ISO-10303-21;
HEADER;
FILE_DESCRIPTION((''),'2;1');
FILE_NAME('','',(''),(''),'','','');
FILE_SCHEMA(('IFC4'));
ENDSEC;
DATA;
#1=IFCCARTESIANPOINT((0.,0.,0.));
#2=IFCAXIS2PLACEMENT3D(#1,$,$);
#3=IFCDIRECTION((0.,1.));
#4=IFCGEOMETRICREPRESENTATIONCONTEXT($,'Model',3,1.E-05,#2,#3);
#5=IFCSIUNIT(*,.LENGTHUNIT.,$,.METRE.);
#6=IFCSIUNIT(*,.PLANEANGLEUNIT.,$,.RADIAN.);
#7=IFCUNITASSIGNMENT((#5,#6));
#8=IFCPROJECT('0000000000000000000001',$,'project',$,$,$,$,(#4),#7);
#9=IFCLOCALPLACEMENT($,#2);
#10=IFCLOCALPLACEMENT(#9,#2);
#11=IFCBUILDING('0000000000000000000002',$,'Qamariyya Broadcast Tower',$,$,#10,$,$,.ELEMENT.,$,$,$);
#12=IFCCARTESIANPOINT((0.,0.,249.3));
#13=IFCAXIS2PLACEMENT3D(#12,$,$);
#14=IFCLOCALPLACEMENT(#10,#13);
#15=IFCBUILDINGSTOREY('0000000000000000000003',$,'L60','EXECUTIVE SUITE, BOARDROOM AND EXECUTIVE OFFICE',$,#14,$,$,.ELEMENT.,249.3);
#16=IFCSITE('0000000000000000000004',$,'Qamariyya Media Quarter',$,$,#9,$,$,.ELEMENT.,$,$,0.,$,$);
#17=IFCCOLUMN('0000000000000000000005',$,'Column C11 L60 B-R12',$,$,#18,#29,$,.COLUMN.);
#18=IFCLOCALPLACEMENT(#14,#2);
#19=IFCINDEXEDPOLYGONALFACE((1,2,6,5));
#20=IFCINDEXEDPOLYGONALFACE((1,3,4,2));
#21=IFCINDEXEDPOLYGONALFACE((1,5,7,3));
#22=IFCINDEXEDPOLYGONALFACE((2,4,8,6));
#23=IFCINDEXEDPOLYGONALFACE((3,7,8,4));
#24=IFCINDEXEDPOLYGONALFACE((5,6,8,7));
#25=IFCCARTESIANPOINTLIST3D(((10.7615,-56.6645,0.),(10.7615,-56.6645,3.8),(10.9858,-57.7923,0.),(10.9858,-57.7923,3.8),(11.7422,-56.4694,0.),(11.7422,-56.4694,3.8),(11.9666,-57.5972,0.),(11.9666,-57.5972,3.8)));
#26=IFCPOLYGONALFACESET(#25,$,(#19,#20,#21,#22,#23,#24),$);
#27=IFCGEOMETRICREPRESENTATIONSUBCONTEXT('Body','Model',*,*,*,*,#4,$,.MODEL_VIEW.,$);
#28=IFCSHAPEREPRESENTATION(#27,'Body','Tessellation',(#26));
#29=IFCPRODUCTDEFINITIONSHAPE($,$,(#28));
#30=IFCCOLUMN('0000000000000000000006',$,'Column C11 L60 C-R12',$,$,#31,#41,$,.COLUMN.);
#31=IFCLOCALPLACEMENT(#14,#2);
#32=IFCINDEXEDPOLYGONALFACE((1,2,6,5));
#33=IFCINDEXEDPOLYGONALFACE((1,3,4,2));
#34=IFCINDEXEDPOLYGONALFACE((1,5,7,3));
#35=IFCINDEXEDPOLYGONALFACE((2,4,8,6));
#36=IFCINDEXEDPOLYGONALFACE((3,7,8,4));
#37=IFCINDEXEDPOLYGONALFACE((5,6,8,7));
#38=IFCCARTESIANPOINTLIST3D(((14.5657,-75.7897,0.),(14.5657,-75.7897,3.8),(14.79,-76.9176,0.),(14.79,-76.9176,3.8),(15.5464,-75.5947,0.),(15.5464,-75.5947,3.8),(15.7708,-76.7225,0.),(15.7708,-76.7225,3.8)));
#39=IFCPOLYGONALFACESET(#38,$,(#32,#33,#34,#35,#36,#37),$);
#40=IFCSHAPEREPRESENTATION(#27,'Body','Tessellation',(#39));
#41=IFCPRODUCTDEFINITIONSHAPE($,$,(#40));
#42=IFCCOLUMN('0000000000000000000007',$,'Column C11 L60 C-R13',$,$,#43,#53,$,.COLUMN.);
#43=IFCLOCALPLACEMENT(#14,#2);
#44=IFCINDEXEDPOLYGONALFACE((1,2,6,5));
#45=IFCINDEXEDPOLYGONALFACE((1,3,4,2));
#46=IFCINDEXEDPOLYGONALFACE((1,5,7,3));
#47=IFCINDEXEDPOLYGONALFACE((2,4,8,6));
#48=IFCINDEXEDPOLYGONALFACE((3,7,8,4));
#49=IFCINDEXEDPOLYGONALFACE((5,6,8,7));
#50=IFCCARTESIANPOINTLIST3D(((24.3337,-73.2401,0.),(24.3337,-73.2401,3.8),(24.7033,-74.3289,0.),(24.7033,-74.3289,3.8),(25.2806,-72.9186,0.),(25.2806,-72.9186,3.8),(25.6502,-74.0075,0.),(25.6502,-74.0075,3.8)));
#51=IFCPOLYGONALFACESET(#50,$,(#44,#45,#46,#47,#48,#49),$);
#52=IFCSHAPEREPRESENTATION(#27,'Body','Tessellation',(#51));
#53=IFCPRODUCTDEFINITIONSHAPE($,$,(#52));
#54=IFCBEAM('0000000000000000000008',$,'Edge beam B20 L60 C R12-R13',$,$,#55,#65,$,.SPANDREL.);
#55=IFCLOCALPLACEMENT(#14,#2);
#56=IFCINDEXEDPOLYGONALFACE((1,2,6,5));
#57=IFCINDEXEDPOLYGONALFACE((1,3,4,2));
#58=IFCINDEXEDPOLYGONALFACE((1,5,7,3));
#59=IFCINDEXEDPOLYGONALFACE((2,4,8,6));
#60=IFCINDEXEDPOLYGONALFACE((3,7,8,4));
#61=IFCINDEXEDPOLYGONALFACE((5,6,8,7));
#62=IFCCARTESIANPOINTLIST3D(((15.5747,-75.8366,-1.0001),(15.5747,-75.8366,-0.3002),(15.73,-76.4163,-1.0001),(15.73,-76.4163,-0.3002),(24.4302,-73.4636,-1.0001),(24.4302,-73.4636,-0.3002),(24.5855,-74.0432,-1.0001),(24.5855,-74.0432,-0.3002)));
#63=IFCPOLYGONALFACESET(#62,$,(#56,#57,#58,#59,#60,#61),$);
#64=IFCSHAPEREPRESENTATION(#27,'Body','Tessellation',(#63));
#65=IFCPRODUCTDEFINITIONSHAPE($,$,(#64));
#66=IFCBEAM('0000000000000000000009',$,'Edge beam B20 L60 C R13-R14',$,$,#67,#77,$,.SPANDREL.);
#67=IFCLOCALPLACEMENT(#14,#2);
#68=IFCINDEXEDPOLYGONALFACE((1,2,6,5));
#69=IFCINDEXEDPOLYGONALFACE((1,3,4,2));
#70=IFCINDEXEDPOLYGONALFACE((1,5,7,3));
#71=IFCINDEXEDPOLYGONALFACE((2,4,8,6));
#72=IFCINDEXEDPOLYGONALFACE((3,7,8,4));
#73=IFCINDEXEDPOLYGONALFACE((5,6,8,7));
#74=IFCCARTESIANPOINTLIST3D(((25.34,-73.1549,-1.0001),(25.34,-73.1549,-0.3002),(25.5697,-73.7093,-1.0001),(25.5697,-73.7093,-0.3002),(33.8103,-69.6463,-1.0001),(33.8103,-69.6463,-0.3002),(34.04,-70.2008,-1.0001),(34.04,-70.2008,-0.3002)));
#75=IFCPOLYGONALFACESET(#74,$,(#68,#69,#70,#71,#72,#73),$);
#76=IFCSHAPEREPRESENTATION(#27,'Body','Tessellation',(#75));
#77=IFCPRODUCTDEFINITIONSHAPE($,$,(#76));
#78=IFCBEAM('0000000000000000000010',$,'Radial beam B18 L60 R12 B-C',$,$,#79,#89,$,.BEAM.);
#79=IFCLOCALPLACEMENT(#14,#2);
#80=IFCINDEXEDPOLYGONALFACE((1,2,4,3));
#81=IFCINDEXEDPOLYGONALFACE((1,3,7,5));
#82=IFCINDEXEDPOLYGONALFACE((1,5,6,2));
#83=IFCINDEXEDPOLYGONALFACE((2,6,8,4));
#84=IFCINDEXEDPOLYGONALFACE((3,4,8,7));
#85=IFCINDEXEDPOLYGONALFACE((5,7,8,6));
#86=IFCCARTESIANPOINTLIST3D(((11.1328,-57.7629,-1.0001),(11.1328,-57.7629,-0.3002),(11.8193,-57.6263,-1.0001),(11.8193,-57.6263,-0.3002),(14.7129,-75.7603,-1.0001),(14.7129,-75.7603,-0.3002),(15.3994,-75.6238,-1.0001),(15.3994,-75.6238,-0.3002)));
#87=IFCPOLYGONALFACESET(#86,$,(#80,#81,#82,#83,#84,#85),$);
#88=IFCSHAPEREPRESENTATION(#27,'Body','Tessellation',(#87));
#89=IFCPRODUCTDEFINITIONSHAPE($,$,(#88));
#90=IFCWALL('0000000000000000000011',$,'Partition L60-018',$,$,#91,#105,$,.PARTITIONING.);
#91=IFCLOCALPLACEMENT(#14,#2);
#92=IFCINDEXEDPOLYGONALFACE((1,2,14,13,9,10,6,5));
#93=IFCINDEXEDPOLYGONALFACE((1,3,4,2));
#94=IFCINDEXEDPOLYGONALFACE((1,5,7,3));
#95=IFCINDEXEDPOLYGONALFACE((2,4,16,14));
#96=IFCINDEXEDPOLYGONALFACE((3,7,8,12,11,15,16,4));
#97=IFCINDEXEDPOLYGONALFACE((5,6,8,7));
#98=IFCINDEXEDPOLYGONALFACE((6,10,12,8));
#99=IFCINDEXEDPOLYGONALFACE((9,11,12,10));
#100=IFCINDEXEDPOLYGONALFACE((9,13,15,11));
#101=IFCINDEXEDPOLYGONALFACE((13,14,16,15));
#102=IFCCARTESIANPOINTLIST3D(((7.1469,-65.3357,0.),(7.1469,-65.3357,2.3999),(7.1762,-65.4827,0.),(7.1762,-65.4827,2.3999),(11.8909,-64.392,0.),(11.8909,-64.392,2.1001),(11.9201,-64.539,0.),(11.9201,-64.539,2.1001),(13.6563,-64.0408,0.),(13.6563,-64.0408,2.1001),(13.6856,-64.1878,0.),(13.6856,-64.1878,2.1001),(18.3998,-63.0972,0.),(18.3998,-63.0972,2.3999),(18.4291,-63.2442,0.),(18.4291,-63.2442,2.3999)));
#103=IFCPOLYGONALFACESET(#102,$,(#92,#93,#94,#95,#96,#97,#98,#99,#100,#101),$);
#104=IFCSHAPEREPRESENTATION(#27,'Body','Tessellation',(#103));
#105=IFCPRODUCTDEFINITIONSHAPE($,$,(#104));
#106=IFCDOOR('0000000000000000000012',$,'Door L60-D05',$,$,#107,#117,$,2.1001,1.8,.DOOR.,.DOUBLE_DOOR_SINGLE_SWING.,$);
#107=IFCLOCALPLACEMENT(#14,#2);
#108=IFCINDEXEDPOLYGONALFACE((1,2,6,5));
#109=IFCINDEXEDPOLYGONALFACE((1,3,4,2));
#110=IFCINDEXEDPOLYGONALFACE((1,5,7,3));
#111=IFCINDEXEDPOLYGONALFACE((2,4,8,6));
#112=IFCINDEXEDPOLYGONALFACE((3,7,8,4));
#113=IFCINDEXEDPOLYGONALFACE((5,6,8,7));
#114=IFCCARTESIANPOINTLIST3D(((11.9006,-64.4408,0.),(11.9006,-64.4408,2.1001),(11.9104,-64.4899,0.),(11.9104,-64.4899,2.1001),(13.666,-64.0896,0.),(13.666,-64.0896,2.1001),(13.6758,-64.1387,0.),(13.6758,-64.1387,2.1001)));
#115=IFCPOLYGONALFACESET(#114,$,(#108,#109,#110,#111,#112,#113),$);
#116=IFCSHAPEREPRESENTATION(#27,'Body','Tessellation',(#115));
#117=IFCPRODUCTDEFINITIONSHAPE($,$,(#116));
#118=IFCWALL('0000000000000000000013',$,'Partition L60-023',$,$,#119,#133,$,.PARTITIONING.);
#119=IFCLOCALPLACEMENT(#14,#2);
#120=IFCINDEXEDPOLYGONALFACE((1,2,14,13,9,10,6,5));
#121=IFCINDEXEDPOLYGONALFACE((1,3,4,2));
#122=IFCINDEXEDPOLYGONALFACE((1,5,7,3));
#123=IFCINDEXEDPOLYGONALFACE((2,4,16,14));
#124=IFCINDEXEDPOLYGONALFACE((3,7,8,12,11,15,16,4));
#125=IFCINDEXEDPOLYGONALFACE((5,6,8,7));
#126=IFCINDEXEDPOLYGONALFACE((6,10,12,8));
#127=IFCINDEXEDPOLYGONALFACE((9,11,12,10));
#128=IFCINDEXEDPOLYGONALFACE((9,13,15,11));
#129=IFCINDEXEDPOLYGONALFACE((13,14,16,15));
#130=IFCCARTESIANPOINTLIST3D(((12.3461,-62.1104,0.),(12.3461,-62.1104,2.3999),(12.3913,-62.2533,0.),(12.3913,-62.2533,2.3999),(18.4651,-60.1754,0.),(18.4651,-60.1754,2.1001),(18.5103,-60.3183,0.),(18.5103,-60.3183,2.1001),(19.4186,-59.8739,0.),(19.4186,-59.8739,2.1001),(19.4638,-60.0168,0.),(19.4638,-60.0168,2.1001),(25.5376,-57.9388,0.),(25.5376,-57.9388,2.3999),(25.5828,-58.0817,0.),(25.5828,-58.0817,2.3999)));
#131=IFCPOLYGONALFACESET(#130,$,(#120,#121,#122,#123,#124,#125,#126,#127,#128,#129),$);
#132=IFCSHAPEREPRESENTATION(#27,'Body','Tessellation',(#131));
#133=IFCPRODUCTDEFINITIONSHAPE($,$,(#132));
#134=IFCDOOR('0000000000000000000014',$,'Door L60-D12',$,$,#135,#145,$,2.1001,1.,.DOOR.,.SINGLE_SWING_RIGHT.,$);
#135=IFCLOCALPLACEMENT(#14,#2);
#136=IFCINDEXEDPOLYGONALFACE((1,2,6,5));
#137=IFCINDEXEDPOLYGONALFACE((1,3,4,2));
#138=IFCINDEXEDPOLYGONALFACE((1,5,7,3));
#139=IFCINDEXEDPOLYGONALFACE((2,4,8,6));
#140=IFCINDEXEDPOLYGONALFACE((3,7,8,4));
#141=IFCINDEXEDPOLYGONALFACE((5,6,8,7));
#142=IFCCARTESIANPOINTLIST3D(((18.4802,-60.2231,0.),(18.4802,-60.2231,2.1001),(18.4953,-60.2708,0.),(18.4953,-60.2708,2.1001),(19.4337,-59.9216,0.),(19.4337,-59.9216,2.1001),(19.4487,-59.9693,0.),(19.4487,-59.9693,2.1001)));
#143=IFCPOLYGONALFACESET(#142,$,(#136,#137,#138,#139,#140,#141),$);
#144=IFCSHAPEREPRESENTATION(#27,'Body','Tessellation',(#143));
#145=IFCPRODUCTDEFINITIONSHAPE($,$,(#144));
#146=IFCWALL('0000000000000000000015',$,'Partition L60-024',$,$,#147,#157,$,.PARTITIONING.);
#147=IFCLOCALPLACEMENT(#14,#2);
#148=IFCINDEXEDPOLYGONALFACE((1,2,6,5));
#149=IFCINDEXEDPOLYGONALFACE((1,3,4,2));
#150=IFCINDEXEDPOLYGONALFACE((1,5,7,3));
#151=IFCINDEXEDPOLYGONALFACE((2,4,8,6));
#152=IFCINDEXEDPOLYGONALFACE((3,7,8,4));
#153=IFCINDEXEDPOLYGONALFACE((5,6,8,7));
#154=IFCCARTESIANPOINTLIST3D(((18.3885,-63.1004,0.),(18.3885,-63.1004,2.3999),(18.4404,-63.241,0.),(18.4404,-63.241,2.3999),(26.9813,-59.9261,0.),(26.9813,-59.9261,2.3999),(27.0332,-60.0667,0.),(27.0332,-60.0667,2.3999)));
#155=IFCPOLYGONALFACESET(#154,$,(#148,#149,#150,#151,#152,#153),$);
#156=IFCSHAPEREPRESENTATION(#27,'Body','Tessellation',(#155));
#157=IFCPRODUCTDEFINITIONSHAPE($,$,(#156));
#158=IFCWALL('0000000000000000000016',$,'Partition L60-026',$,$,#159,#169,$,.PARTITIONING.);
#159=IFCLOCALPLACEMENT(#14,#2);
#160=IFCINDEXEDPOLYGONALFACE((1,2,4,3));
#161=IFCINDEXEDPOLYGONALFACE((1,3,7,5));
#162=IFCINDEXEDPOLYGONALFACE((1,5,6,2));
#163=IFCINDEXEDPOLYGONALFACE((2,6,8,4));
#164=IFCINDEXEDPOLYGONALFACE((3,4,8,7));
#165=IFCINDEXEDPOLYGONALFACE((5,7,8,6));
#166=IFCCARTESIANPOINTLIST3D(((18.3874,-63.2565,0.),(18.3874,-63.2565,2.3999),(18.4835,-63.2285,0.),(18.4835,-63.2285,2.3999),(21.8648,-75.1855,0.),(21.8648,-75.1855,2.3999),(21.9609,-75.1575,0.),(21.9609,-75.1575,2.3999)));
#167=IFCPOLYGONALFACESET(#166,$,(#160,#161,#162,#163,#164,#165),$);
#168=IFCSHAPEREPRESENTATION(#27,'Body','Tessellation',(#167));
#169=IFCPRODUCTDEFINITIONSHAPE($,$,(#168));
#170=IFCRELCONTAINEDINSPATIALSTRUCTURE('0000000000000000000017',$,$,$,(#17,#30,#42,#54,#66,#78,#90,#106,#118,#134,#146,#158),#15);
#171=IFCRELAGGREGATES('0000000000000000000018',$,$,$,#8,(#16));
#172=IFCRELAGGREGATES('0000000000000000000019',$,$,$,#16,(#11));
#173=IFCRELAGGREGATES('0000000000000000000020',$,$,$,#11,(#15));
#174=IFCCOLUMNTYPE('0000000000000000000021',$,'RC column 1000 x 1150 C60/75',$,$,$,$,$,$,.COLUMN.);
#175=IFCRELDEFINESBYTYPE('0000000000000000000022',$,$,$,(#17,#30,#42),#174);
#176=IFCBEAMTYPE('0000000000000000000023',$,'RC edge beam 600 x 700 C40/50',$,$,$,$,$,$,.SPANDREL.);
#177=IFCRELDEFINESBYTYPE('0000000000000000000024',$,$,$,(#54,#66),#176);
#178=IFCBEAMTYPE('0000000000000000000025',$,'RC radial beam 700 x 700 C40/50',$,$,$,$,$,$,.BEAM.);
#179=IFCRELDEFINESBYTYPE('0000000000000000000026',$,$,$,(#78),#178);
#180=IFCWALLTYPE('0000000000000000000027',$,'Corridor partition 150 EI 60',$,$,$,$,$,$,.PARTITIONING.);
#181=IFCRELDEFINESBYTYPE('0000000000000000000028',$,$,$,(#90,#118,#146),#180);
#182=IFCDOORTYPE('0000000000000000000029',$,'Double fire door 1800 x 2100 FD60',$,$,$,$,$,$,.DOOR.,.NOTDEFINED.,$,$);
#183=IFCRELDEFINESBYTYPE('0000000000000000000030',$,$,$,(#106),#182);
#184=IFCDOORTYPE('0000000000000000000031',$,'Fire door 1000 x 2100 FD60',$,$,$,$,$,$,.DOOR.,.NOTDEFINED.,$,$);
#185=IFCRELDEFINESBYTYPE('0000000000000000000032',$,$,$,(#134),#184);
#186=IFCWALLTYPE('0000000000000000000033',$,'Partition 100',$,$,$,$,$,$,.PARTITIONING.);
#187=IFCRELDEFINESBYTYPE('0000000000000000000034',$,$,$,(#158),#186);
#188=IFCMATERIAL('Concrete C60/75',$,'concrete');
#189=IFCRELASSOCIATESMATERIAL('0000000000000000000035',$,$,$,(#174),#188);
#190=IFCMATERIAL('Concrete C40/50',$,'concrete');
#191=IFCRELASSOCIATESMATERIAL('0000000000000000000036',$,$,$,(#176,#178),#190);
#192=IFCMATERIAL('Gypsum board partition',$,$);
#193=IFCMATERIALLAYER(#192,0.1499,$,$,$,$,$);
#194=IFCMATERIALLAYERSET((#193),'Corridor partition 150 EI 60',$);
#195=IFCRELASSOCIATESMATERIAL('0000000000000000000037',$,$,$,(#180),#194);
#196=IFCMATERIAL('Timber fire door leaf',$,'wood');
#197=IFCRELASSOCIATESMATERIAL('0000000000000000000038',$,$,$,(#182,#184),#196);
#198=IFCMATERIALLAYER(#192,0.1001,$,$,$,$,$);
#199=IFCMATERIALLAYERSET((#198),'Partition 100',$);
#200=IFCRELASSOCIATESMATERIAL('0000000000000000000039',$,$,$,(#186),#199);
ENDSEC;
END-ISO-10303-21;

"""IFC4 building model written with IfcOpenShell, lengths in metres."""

from ifc_helpers import new_model, si_unit, direction, frame, frame_2d, origin, origin_2d, place, context, subcontext, project, spatial, rectangle, extrude, material, layer, layer_set, material_profile, profile_set, type_object, element, fill, save


model = new_model("IFC4")

# Units and contexts
model_context = context("Model", 3, precision=1e-05, world=origin(), true_north=direction((0.0, 1.0)))
body_context = subcontext(model_context, "Body", "Model", "MODEL_VIEW")
ifc_project = project(units=[si_unit("LENGTHUNIT", "METRE"), si_unit("PLANEANGLEUNIT", "RADIAN")], contexts=[model_context])

# Site, building, storey
site_placement = place(None, origin())
site = spatial("IfcSite", under=ifc_project, at=site_placement, Name="Qamariyya Media Quarter", CompositionType="ELEMENT", RefElevation=0.0)
building_placement = place(site_placement, origin())
building = spatial("IfcBuilding", under=site, at=building_placement, Name="Qamariyya Broadcast Tower", CompositionType="ELEMENT")
storey_placement = place(building_placement, frame((0.0, 0.0, 249.3)))
storey = spatial("IfcBuildingStorey", under=building, at=storey_placement, Name="L60", Description="EXECUTIVE SUITE, BOARDROOM AND EXECUTIVE OFFICE", CompositionType="ELEMENT", Elevation=249.3)

# Columns
ifc_material_1 = material(Name="Concrete C60/75", Category="concrete")
ifc_material_profile_1 = material_profile(ifc_material_1, rectangle(XDim=1.0, YDim=1.1499, at=origin_2d()))
ifc_profile_set_1 = profile_set([ifc_material_profile_1], Name="Concrete C60/75")
column_type = type_object("IfcColumnType", Name="RC column 1000 x 1150 C60/75", PredefinedType="COLUMN", material=ifc_profile_set_1)
for number, where, z_axis, x_axis, name in (
    (1, (11.364, -57.1309, 0.0), (0.0, 0.0, 1.0), (0.980785, 0.19509, 0.0), "Column C11 L60 B-R12"),
    (2, (15.1682, -76.2561, 0.0), (0.0, 0.0, 1.0), (0.980785, 0.19509, 0.0), "Column C11 L60 C-R12"),
    (3, (24.9919, -73.6238, 0.0), (0.0, 0.0, 1.0), (0.94693, 0.321439, 0.0), "Column C11 L60 C-R13"),
):
    element("IfcColumn", number, at=place(storey_placement, frame(where, z_axis=z_axis, x_axis=x_axis)), inside=storey, type_object=column_type, Name=name, PredefinedType="COLUMN", context=body_context, shape_type="SweptSolid", body=[
        extrude(rectangle(XDim=1.0, YDim=1.1499, at=origin_2d()), origin(), (0.0, 0.0, 1.0), 3.8),
    ])

# Beams
ifc_material_2 = material(Name="Concrete C40/50", Category="concrete")
ifc_material_profile_2 = material_profile(ifc_material_2, rectangle(XDim=0.6001, YDim=0.7, at=origin_2d()))
ifc_profile_set_2 = profile_set([ifc_material_profile_2], Name="Concrete C40/50")
beam_type_1 = type_object("IfcBeamType", Name="RC edge beam 600 x 700 C40/50", PredefinedType="SPANDREL", material=ifc_profile_set_2)
beam_1_placement = place(storey_placement, frame((15.6523, -76.1265, -0.6501), z_axis=(0.96592, 0.258843, 0.0), x_axis=(-0.258843, 0.96592, 0.0)))
element("IfcBeam", 4, at=beam_1_placement, inside=storey, type_object=beam_type_1, Name="Edge beam B20 L60 C R12-R13", PredefinedType="SPANDREL", context=body_context, shape_type="SweptSolid", body=[
    extrude(rectangle(XDim=0.6001, YDim=0.7, at=origin_2d()), origin(), (0.0, 0.0, 1.0), 9.168),
])
beam_2_placement = place(storey_placement, frame((25.4548, -73.4321, -0.6501), z_axis=(0.923877, 0.38269, 0.0), x_axis=(-0.38269, 0.923877, 0.0)))
element("IfcBeam", 5, at=beam_2_placement, inside=storey, type_object=beam_type_1, Name="Edge beam B20 L60 C R13-R14", PredefinedType="SPANDREL", context=body_context, shape_type="SweptSolid", body=[
    extrude(rectangle(XDim=0.6001, YDim=0.7, at=origin_2d()), origin(), (0.0, 0.0, 1.0), 9.1682),
])
ifc_material_profile_3 = material_profile(ifc_material_2, rectangle(XDim=0.7, YDim=0.7, at=origin_2d()))
ifc_profile_set_3 = profile_set([ifc_material_profile_3], Name="Concrete C40/50")
beam_type_2 = type_object("IfcBeamType", Name="RC radial beam 700 x 700 C40/50", PredefinedType="BEAM", material=ifc_profile_set_3)
beam_3_placement = place(storey_placement, frame((11.4761, -57.6946, -0.6501), z_axis=(0.195098, -0.980784, 0.0), x_axis=(0.980784, 0.195098, 0.0)))
element("IfcBeam", 6, at=beam_3_placement, inside=storey, type_object=beam_type_2, Name="Radial beam B18 L60 R12 B-C", PredefinedType="BEAM", context=body_context, shape_type="SweptSolid", body=[
    extrude(rectangle(XDim=0.7, YDim=0.7, at=origin_2d()), origin(), (0.0, 0.0, 1.0), 18.3501),
])

# Walls, openings, doors
ifc_material_3 = material(Name="Gypsum board partition")
ifc_layer_1 = layer(ifc_material_3, 0.1499)
ifc_layer_set_1 = layer_set([ifc_layer_1], Name="Corridor partition 150 EI 60")
wall_type_1 = type_object("IfcWallType", Name="Corridor partition 150 EI 60", PredefinedType="PARTITIONING", material=ifc_layer_set_1)
wall_1_placement = place(storey_placement, frame((18.4146, -63.1707, 0.0), z_axis=(0.0, 0.0, 1.0), x_axis=(-0.980782, -0.195105, 0.0)))
wall_1 = element("IfcWall", 7, at=wall_1_placement, inside=storey, type_object=wall_type_1, Name="Partition L60-018", PredefinedType="PARTITIONING", context=body_context, shape_type="SweptSolid", body=[
    extrude(rectangle(XDim=11.4734, YDim=0.1499, at=frame_2d((5.7368, 0.0))), origin(), (0.0, 0.0, 1.0), 2.3999),
])
opening_1_placement = place(wall_1_placement, frame((4.8367, 0.0, 0.0)))
opening_1 = element("IfcOpeningElement", 8, at=opening_1_placement, cuts=wall_1, PredefinedType="OPENING", context=body_context, shape_type="SweptSolid", body=[
    extrude(rectangle(XDim=1.8, YDim=2.1001, at=frame_2d((0.8999, 1.05))), frame((0.0, 0.085, 0.0), z_axis=(0.0, -1.0, 0.0), x_axis=(1.0, 0.0, 0.0)), (0.0, 0.0, 1.0), 0.1699),
])
ifc_material_4 = material(Name="Timber fire door leaf", Category="wood")
door_type_1 = type_object("IfcDoorType", Name="Double fire door 1800 x 2100 FD60", OperationType="NOTDEFINED", PredefinedType="DOOR", material=ifc_material_4)
door_1_placement = place(opening_1_placement, origin())
door_1 = element("IfcDoor", 9, at=door_1_placement, inside=storey, type_object=door_type_1, Name="Door L60-D05", OperationType="DOUBLE_DOOR_SINGLE_SWING", OverallHeight=2.1001, OverallWidth=1.8, PredefinedType="DOOR", context=body_context, shape_type="SweptSolid", body=[
    extrude(rectangle(XDim=1.8, YDim=2.1001, at=frame_2d((0.8999, 1.05))), frame((0.0, 0.0249, 0.0), z_axis=(0.0, -1.0, 0.0), x_axis=(1.0, 0.0, 0.0)), (0.0, 0.0, 1.0), 0.05),
])
fill(opening_1, door_1)
wall_2_placement = place(storey_placement, frame((12.3687, -62.1819, 0.0), z_axis=(0.0, 0.0, 1.0), x_axis=(0.953461, 0.301516, 0.0)))
wall_2 = element("IfcWall", 10, at=wall_2_placement, inside=storey, type_object=wall_type_1, Name="Partition L60-023", PredefinedType="PARTITIONING", context=body_context, shape_type="SweptSolid", body=[
    extrude(rectangle(XDim=13.8354, YDim=0.1499, at=frame_2d((6.9177, 0.0))), origin(), (0.0, 0.0, 1.0), 2.3999),
])
opening_2_placement = place(wall_2_placement, frame((6.4177, 0.0, 0.0)))
opening_2 = element("IfcOpeningElement", 11, at=opening_2_placement, cuts=wall_2, PredefinedType="OPENING", context=body_context, shape_type="SweptSolid", body=[
    extrude(rectangle(XDim=1.0, YDim=2.1001, at=frame_2d((0.5, 1.05))), frame((0.0, 0.085, 0.0), z_axis=(0.0, -1.0, 0.0), x_axis=(1.0, 0.0, 0.0)), (0.0, 0.0, 1.0), 0.1699),
])
door_type_2 = type_object("IfcDoorType", Name="Fire door 1000 x 2100 FD60", OperationType="NOTDEFINED", PredefinedType="DOOR", material=ifc_material_4)
door_2_placement = place(opening_2_placement, origin())
door_2 = element("IfcDoor", 12, at=door_2_placement, inside=storey, type_object=door_type_2, Name="Door L60-D12", OperationType="SINGLE_SWING_RIGHT", OverallHeight=2.1001, OverallWidth=1.0, PredefinedType="DOOR", context=body_context, shape_type="SweptSolid", body=[
    extrude(rectangle(XDim=1.0, YDim=2.1001, at=frame_2d((0.5, 1.05))), frame((0.0, 0.0249, 0.0), z_axis=(0.0, -1.0, 0.0), x_axis=(1.0, 0.0, 0.0)), (0.0, 0.0, 1.0), 0.05),
])
fill(opening_2, door_2)

# Walls
wall_3_placement = place(storey_placement, frame((18.4146, -63.1707, 0.0), z_axis=(0.0, 0.0, 1.0), x_axis=(0.93804, 0.346528, 0.0)))
element("IfcWall", 13, at=wall_3_placement, inside=storey, type_object=wall_type_1, Name="Partition L60-024", PredefinedType="PARTITIONING", context=body_context, shape_type="SweptSolid", body=[
    extrude(rectangle(XDim=9.1604, YDim=0.1499, at=frame_2d((4.5801, 0.0))), origin(), (0.0, 0.0, 1.0), 2.3999),
])
ifc_layer_2 = layer(ifc_material_3, 0.1001)
ifc_layer_set_2 = layer_set([ifc_layer_2], Name="Partition 100")
wall_type_2 = type_object("IfcWallType", Name="Partition 100", PredefinedType="PARTITIONING", material=ifc_layer_set_2)
wall_4_placement = place(storey_placement, frame((21.9128, -75.1716, 0.0), z_axis=(0.0, 0.0, 1.0), x_axis=(-0.279853, 0.960043, 0.0)))
element("IfcWall", 14, at=wall_4_placement, inside=storey, type_object=wall_type_2, Name="Partition L60-026", PredefinedType="PARTITIONING", context=body_context, shape_type="SweptSolid", body=[
    extrude(rectangle(XDim=12.4255, YDim=0.1001, at=frame_2d((6.2129, 0.0))), origin(), (0.0, 0.0, 1.0), 2.3999),
])

save(model, "model.ifc")
